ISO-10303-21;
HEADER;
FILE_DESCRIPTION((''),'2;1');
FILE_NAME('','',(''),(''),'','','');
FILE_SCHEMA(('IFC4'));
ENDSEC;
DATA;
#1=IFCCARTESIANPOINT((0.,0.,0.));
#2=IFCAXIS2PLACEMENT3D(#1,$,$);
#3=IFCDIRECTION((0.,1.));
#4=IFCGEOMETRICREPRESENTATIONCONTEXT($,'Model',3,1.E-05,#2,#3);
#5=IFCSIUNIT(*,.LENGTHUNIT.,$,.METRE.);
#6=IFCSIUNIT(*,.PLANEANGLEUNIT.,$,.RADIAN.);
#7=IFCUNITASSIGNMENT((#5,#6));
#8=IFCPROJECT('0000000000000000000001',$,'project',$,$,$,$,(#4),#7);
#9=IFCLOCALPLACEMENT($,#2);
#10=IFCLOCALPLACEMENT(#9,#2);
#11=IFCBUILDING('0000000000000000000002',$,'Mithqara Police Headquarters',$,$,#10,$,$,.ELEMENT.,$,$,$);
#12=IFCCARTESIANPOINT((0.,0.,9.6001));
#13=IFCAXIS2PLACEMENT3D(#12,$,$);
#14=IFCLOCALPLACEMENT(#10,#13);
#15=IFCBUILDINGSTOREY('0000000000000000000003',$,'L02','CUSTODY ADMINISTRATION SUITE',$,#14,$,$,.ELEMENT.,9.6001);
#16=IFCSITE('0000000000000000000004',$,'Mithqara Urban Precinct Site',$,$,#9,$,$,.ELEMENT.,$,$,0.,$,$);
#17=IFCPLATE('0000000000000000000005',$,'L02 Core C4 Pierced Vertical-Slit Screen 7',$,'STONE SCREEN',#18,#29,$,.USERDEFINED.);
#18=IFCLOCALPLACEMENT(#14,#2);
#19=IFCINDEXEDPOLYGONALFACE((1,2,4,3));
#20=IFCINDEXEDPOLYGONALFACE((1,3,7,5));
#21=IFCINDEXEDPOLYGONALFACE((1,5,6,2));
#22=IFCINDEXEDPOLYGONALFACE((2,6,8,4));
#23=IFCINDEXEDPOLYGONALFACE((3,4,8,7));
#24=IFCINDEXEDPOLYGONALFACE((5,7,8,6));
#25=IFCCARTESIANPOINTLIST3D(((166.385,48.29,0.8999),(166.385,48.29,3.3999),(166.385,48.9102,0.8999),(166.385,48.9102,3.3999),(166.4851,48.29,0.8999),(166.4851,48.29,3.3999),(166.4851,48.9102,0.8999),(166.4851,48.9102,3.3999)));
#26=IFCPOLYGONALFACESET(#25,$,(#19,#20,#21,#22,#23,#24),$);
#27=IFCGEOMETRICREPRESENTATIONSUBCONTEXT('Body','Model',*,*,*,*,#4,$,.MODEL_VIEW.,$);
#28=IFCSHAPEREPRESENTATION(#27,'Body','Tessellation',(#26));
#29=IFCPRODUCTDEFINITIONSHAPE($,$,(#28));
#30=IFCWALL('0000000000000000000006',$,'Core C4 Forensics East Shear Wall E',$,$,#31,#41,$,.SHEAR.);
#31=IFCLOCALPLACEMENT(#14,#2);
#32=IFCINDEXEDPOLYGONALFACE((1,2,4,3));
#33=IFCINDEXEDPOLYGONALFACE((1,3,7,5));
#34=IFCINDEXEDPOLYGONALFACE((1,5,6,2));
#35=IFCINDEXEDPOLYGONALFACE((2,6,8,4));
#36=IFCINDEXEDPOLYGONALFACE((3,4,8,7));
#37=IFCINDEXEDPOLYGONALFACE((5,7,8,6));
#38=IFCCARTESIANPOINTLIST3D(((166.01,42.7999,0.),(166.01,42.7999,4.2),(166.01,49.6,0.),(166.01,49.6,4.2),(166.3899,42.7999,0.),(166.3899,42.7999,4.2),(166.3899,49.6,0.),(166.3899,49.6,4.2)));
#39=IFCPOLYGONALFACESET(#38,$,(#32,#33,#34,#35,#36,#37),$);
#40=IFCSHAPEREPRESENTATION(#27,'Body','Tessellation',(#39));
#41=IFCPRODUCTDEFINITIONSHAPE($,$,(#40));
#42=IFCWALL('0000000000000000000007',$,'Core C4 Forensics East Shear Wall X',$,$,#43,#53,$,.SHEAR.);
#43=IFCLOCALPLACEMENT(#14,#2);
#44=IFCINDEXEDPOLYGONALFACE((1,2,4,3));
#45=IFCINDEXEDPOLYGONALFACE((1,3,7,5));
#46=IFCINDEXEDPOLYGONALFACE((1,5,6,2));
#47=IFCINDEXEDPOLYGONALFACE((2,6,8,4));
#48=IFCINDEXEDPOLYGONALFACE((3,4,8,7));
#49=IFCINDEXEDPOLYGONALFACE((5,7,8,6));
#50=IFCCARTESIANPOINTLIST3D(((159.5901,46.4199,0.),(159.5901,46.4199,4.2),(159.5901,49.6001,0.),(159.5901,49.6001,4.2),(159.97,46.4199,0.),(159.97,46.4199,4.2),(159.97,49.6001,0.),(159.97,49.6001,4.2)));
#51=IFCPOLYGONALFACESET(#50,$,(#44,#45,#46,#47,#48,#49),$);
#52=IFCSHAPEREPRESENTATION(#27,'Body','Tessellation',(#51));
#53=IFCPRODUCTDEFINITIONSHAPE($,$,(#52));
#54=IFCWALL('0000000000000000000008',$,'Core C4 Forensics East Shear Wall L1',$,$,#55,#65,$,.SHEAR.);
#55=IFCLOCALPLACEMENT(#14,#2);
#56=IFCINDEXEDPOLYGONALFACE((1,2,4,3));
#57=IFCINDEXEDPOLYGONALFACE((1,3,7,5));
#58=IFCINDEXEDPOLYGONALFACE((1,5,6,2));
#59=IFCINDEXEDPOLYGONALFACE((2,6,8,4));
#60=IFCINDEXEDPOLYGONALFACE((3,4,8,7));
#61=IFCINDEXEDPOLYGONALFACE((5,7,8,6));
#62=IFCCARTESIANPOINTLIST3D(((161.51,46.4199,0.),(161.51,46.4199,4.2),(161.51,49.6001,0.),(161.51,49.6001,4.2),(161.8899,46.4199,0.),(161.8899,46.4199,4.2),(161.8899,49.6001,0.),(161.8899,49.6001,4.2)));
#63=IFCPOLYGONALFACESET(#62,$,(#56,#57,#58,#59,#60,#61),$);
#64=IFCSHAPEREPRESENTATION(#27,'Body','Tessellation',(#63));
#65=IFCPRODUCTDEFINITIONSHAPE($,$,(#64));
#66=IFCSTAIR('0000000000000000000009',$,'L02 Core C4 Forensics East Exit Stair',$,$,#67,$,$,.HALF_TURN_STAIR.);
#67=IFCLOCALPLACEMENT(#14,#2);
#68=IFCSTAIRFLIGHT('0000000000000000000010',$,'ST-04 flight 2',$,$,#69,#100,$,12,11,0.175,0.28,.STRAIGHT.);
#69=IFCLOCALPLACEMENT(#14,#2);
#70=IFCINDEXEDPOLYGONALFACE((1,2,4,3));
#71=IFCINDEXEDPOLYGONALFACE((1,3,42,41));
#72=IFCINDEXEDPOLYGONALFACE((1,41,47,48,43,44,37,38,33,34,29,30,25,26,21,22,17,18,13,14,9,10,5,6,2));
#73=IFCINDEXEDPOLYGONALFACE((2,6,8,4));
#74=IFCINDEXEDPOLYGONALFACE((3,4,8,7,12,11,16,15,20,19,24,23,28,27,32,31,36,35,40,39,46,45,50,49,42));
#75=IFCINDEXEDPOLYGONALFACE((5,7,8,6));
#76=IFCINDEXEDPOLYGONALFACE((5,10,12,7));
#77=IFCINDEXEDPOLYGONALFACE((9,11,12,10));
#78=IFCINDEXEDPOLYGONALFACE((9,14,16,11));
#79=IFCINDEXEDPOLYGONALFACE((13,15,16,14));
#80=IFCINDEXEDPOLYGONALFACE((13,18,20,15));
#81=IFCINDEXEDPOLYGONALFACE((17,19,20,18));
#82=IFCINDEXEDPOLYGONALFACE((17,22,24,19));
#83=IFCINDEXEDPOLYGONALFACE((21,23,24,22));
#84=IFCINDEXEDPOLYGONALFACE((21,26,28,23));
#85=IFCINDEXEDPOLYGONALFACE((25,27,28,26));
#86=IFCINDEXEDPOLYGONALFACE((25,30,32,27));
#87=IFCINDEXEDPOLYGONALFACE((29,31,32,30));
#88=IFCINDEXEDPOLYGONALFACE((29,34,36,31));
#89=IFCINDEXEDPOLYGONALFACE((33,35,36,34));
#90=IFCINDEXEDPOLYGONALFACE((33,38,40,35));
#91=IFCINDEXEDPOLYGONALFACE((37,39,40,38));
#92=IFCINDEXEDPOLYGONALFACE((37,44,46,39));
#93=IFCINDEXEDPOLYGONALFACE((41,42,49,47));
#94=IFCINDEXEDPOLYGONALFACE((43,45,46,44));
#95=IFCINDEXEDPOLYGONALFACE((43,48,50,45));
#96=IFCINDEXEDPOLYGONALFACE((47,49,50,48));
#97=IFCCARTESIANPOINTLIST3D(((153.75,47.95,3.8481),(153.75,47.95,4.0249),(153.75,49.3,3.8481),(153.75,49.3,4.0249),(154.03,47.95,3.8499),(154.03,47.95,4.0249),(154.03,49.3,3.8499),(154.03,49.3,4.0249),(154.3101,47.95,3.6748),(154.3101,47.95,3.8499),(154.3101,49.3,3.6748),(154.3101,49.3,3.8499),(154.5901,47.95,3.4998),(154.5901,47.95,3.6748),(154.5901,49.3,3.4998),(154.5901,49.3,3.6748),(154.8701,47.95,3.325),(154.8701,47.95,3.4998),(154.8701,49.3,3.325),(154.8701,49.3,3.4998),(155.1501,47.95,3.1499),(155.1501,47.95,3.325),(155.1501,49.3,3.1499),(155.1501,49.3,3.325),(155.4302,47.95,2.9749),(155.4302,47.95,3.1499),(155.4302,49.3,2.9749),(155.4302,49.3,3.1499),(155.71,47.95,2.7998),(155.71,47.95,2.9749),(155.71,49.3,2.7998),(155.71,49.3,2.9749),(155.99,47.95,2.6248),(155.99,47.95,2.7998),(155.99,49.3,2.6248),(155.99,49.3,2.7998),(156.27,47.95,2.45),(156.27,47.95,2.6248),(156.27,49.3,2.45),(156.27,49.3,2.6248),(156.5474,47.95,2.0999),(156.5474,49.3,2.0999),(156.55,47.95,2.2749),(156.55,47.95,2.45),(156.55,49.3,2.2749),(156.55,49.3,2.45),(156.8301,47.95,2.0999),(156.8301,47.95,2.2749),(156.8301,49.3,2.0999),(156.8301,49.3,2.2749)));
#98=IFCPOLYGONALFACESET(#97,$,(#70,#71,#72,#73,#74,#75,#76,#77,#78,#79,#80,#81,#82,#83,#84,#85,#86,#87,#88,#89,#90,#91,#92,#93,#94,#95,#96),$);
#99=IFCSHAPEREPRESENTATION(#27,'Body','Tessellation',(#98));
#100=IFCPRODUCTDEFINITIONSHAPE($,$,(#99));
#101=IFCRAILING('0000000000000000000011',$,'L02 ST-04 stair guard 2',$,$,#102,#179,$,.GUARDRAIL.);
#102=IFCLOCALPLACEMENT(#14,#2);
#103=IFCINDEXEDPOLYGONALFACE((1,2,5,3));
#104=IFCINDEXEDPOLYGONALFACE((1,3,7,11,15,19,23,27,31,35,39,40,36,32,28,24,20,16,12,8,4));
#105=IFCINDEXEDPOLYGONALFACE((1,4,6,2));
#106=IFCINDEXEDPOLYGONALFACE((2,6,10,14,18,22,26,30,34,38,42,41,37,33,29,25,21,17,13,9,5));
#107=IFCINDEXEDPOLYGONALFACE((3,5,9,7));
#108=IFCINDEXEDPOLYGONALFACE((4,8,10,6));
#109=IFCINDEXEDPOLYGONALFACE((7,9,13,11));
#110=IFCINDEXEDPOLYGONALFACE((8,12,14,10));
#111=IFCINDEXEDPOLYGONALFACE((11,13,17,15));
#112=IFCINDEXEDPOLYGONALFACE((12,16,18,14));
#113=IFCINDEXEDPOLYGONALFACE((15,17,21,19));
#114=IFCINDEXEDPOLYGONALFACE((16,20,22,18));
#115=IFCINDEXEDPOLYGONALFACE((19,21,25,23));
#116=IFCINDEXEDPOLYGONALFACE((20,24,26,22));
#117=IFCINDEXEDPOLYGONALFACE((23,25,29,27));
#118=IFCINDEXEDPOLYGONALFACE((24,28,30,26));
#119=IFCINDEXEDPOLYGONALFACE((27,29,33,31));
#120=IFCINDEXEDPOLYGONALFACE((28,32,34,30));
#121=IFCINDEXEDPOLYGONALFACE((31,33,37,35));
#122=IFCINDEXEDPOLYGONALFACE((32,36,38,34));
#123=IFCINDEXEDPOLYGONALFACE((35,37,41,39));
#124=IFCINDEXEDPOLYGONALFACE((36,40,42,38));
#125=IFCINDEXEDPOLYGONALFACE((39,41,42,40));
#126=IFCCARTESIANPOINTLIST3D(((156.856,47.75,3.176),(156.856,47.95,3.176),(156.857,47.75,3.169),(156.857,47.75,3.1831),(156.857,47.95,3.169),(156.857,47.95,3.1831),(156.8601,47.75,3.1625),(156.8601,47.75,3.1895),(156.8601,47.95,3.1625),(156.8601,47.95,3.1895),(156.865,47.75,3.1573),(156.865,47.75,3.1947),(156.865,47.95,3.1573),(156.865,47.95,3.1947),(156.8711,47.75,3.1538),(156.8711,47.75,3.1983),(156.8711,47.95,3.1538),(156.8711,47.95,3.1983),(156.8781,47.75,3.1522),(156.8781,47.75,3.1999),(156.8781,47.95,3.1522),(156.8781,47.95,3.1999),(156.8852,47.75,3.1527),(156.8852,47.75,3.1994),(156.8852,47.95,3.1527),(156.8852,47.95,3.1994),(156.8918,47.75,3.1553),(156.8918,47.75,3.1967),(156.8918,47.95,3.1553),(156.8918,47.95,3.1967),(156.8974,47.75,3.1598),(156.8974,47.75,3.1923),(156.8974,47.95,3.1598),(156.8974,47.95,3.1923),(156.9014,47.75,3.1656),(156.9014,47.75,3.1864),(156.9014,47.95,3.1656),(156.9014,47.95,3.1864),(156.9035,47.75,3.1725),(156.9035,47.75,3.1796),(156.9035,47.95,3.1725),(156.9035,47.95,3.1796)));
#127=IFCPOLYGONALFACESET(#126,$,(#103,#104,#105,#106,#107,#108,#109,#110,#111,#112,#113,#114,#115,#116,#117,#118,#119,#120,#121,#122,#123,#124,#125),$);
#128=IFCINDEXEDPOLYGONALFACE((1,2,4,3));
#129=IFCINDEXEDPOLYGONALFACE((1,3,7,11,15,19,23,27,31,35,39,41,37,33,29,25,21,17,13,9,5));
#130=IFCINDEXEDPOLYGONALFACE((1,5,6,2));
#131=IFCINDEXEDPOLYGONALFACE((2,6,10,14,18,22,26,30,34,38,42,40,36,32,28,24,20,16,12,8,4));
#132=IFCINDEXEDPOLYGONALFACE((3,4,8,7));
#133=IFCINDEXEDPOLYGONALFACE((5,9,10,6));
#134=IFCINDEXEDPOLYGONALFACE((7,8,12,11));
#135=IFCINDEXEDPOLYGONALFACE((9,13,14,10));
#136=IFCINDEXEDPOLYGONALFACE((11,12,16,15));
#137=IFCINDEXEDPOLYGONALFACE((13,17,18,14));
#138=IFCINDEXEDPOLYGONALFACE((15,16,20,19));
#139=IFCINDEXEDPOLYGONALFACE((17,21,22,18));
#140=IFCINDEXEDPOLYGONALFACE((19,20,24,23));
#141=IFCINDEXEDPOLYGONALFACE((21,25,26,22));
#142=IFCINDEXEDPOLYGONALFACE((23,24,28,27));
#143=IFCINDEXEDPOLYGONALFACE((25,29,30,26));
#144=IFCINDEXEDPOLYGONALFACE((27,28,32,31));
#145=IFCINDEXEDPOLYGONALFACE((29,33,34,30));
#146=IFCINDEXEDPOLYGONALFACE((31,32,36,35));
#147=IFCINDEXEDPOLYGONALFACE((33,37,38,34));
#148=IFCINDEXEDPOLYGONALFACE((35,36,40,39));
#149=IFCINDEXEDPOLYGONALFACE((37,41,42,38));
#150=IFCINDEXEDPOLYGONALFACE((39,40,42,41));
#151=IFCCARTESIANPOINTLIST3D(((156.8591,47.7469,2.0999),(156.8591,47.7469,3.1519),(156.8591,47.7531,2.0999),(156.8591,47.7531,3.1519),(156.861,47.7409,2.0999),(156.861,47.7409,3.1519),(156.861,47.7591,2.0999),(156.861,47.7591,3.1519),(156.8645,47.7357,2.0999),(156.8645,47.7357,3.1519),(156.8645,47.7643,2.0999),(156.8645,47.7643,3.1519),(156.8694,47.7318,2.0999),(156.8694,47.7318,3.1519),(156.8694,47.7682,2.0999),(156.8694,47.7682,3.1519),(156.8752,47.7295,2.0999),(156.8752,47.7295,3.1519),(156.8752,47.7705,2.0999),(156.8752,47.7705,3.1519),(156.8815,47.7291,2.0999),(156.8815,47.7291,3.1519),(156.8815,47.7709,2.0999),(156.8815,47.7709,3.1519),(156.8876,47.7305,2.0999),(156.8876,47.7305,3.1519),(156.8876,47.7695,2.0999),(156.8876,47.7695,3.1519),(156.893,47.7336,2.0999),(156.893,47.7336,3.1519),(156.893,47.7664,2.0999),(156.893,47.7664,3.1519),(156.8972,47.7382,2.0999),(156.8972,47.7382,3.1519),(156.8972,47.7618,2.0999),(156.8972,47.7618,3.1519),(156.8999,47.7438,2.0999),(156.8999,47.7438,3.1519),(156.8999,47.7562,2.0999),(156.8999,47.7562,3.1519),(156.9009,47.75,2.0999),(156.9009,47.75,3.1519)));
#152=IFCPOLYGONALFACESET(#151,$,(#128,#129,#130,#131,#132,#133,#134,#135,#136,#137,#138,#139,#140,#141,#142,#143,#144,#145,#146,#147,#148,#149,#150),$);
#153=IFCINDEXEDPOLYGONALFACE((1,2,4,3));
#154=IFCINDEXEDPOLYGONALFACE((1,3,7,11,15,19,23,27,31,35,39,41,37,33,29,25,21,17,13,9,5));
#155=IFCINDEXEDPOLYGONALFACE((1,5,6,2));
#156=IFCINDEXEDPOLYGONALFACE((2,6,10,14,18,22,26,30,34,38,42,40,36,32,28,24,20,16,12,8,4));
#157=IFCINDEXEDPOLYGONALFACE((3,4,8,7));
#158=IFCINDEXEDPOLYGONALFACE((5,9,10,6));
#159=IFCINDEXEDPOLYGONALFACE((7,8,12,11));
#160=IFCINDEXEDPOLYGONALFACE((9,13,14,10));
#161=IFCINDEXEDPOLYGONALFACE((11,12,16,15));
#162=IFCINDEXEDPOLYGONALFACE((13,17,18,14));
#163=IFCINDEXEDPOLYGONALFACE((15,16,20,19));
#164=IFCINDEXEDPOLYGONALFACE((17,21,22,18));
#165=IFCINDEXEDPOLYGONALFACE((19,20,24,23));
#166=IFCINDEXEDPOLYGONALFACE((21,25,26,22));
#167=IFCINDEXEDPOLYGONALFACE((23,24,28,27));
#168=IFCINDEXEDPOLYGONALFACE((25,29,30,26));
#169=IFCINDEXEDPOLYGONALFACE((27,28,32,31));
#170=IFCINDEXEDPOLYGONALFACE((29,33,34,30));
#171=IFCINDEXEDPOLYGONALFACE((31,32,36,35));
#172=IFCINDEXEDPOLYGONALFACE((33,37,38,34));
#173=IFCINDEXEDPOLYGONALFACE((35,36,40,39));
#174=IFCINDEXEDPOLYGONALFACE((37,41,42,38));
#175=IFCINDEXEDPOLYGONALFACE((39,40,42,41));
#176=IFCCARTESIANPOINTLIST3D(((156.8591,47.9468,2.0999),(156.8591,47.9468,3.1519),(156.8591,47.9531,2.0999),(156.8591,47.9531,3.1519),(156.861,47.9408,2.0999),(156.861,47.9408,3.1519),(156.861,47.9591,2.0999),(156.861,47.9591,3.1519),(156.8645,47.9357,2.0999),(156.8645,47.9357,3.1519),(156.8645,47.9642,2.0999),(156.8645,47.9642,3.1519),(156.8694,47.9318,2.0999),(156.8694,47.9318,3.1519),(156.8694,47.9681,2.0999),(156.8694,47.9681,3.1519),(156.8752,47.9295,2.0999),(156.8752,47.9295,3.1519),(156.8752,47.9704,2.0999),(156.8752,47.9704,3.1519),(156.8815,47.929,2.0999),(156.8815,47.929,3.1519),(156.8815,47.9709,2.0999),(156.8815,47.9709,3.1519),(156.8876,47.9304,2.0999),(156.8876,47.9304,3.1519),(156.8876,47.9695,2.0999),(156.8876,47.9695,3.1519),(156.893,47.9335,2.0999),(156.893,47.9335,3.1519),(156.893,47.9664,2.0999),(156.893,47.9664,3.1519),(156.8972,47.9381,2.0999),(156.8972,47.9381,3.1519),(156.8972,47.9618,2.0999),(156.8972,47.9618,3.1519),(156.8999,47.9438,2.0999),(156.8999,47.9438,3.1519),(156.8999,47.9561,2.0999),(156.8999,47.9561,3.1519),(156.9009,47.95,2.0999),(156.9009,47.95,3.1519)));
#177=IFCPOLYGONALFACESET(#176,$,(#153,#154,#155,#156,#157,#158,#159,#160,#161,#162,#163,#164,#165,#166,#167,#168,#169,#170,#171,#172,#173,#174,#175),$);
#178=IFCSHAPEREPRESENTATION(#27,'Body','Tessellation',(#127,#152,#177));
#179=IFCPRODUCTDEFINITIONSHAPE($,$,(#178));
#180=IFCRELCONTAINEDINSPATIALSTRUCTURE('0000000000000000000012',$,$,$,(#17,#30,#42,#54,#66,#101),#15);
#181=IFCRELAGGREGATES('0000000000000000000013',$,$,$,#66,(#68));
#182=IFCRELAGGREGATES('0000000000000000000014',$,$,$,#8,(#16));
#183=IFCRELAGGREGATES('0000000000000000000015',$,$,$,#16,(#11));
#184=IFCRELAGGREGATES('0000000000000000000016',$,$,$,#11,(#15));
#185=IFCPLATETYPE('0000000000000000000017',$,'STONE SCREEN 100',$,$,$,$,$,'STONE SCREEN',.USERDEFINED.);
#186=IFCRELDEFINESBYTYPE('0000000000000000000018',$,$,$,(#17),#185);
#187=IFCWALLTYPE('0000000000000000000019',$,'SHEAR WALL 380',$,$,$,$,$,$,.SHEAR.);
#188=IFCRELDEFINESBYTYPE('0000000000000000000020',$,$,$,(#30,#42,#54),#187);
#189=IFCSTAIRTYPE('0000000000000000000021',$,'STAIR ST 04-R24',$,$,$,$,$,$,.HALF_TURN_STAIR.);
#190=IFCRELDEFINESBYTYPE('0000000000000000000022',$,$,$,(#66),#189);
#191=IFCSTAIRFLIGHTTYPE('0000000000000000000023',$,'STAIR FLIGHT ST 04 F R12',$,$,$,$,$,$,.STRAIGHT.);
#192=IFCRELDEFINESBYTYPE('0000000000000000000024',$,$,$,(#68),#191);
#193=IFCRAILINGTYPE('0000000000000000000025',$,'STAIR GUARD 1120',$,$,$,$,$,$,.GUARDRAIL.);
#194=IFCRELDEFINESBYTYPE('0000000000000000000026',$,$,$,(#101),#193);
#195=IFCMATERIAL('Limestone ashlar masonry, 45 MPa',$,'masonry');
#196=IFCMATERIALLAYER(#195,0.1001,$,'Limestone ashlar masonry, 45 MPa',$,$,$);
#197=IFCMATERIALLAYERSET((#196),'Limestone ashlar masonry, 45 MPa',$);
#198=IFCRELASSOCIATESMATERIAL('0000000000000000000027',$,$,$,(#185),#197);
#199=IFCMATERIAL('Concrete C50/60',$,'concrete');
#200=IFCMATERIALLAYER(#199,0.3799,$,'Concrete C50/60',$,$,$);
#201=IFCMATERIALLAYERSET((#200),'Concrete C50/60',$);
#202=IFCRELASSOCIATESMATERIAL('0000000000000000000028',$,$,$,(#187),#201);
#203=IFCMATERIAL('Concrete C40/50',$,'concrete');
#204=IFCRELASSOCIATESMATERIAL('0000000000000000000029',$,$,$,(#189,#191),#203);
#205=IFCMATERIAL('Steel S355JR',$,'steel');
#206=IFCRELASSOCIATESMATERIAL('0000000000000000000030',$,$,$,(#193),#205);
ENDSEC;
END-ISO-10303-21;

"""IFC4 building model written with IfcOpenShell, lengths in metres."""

from ifc_helpers import new_model, si_unit, direction, frame, frame_2d, origin, origin_2d, place, context, subcontext, project, spatial, polyline, rectangle, circle, outline, extrude, material, layer, layer_set, type_object, element, aggregate, save


model = new_model("IFC4")

# Units and contexts
model_context = context("Model", 3, precision=1e-05, world=origin(), true_north=direction((0.0, 1.0)))
body_context = subcontext(model_context, "Body", "Model", "MODEL_VIEW")
ifc_project = project(units=[si_unit("LENGTHUNIT", "METRE"), si_unit("PLANEANGLEUNIT", "RADIAN")], contexts=[model_context])

# Site, building, storey
site_placement = place(None, origin())
site = spatial("IfcSite", under=ifc_project, at=site_placement, Name="Mithqara Urban Precinct Site", CompositionType="ELEMENT", RefElevation=0.0)
building_placement = place(site_placement, origin())
building = spatial("IfcBuilding", under=site, at=building_placement, Name="Mithqara Police Headquarters", CompositionType="ELEMENT")
storey_placement = place(building_placement, frame((0.0, 0.0, 9.6001)))
storey = spatial("IfcBuildingStorey", under=building, at=storey_placement, Name="L02", Description="CUSTODY ADMINISTRATION SUITE", CompositionType="ELEMENT", Elevation=9.6001)

# Shared definitions
ifc_material_1 = material(Name="Concrete C50/60", Category="concrete")

# Shared definitions
ifc_material_2 = material(Name="Steel S355JR", Category="steel")
ifc_material_3 = material(Name="Concrete C40/50", Category="concrete")

# Plate
ifc_material_4 = material(Name="Limestone ashlar masonry, 45 MPa", Category="masonry")
ifc_layer_1 = layer(ifc_material_4, 0.1001, Name="Limestone ashlar masonry, 45 MPa")
ifc_layer_set_1 = layer_set([ifc_layer_1], Name="Limestone ashlar masonry, 45 MPa")
plate_type_1 = type_object("IfcPlateType", Name="STONE SCREEN 100", ElementType="STONE SCREEN", PredefinedType="USERDEFINED", material=ifc_layer_set_1)
for number, where, z_axis, x_axis, name in (
    (1, (166.4351, 48.6001, 0.8999), (0.0, 0.0, 1.0), (0.0, 1.0, 0.0), "L02 Core C4 Pierced Vertical-Slit Screen 7"),
):
    element("IfcPlate", number, at=place(storey_placement, frame(where, z_axis=z_axis, x_axis=x_axis)), inside=storey, type_object=plate_type_1, Name=name, ObjectType="STONE SCREEN", PredefinedType="USERDEFINED", context=body_context, shape_type="SweptSolid", body=[
        extrude(rectangle(XDim=0.6201, YDim=0.1001, at=origin_2d()), origin(), (0.0, 0.0, 1.0), 2.5),
    ])

# Walls
ifc_layer_2 = layer(ifc_material_1, 0.3799, Name="Concrete C50/60")
ifc_layer_set_2 = layer_set([ifc_layer_2], Name="Concrete C50/60")
wall_type = type_object("IfcWallType", Name="SHEAR WALL 380", PredefinedType="SHEAR", material=ifc_layer_set_2)
wall_placement = place(storey_placement, frame((166.2, 42.8, 0.0), z_axis=(0.0, 0.0, 1.0), x_axis=(0.0, 1.0, 0.0)))
element("IfcWall", 2, at=wall_placement, inside=storey, type_object=wall_type, Name="Core C4 Forensics East Shear Wall E", PredefinedType="SHEAR", context=body_context, shape_type="SweptSolid", body=[
    extrude(rectangle(XDim=6.8, YDim=0.3799, at=frame_2d((3.3999, 0.0))), origin(), (0.0, 0.0, 1.0), 4.2),
])
for number, where, z_axis, x_axis, name in (
    (3, (159.78, 46.4199, 0.0), (0.0, 0.0, 1.0), (0.0, 1.0, 0.0), "Core C4 Forensics East Shear Wall X"),
    (4, (161.7, 46.4199, 0.0), (0.0, 0.0, 1.0), (0.0, 1.0, 0.0), "Core C4 Forensics East Shear Wall L1"),
):
    element("IfcWall", number, at=place(storey_placement, frame(where, z_axis=z_axis, x_axis=x_axis)), inside=storey, type_object=wall_type, Name=name, PredefinedType="SHEAR", context=body_context, shape_type="SweptSolid", body=[
        extrude(rectangle(XDim=3.1802, YDim=0.3799, at=frame_2d((1.5901, 0.0))), origin(), (0.0, 0.0, 1.0), 4.2),
    ])

# Stair, stair flight
stair_type = type_object("IfcStairType", Name="STAIR ST 04-R24", PredefinedType="HALF_TURN_STAIR", material=ifc_material_3)
stair_placement = place(storey_placement, origin())
stair = element("IfcStair", 5, at=stair_placement, inside=storey, type_object=stair_type, Name="L02 Core C4 Forensics East Exit Stair", PredefinedType="HALF_TURN_STAIR")
stair_flight_type = type_object("IfcStairFlightType", Name="STAIR FLIGHT ST 04 F R12", PredefinedType="STRAIGHT", material=ifc_material_3)
stair_flight_placement = place(storey_placement, frame((156.8301, 48.625, 2.0999), z_axis=(0.0, 0.0, 1.0), x_axis=(-1.0, 0.0, 0.0)))
stair_flight = element("IfcStairFlight", 6, at=stair_flight_placement, type_object=stair_flight_type, Name="ST-04 flight 2", NumberOfRisers=12, NumberOfTreads=11, PredefinedType="STRAIGHT", RiserHeight=0.175, TreadLength=0.28, context=body_context, shape_type="SweptSolid", body=[
    extrude(outline(polyline([(0.0, 0.0), (0.0, 0.175), (0.28, 0.175), (0.28, 0.3501), (0.5601, 0.3501), (0.5601, 0.5249), (0.8401, 0.5249), (0.8401, 0.7), (1.1201, 0.7), (1.1201, 0.875), (1.3999, 0.875), (1.3999, 1.05), (1.6799, 1.05), (1.6799, 1.2251), (1.96, 1.2251), (1.96, 1.3999), (2.24, 1.3999), (2.24, 1.575), (2.52, 1.575), (2.52, 1.75), (2.8, 1.75), (2.8, 1.925), (3.0801, 1.925), (3.0801, 2.1001), (3.0801, 1.7483), (0.2827, 0.0), (0.0, 0.0)])), frame((0.0, 0.675, 0.0), z_axis=(0.0, -1.0, 0.0), x_axis=(1.0, 0.0, 0.0)), (0.0, 0.0, 1.0), 1.3501),
])
aggregate(stair, [stair_flight])

# Railing
railing_type = type_object("IfcRailingType", Name="STAIR GUARD 1120", PredefinedType="GUARDRAIL", material=ifc_material_2)
railing_1_placement = place(storey_placement, frame((156.8799, 47.75, 2.0999)))
element("IfcRailing", 7, at=railing_1_placement, inside=storey, type_object=railing_type, Name="L02 ST-04 stair guard 2", PredefinedType="GUARDRAIL", context=body_context, shape_type="SweptSolid", body=[
    extrude(circle(Radius=0.0239, at=origin_2d()), frame((0.0, 0.0, 1.0762), z_axis=(0.0, 1.0, 0.0), x_axis=(-1.0, 0.0, 0.0)), (0.0, 0.0, 1.0), 0.2),
    extrude(circle(Radius=0.021, at=origin_2d()), origin(), (0.0, 0.0, 1.0), 1.052),
    extrude(circle(Radius=0.021, at=origin_2d()), frame((0.0, 0.2, 0.0)), (0.0, 0.0, 1.0), 1.052),
])

save(model, "model.ifc")
